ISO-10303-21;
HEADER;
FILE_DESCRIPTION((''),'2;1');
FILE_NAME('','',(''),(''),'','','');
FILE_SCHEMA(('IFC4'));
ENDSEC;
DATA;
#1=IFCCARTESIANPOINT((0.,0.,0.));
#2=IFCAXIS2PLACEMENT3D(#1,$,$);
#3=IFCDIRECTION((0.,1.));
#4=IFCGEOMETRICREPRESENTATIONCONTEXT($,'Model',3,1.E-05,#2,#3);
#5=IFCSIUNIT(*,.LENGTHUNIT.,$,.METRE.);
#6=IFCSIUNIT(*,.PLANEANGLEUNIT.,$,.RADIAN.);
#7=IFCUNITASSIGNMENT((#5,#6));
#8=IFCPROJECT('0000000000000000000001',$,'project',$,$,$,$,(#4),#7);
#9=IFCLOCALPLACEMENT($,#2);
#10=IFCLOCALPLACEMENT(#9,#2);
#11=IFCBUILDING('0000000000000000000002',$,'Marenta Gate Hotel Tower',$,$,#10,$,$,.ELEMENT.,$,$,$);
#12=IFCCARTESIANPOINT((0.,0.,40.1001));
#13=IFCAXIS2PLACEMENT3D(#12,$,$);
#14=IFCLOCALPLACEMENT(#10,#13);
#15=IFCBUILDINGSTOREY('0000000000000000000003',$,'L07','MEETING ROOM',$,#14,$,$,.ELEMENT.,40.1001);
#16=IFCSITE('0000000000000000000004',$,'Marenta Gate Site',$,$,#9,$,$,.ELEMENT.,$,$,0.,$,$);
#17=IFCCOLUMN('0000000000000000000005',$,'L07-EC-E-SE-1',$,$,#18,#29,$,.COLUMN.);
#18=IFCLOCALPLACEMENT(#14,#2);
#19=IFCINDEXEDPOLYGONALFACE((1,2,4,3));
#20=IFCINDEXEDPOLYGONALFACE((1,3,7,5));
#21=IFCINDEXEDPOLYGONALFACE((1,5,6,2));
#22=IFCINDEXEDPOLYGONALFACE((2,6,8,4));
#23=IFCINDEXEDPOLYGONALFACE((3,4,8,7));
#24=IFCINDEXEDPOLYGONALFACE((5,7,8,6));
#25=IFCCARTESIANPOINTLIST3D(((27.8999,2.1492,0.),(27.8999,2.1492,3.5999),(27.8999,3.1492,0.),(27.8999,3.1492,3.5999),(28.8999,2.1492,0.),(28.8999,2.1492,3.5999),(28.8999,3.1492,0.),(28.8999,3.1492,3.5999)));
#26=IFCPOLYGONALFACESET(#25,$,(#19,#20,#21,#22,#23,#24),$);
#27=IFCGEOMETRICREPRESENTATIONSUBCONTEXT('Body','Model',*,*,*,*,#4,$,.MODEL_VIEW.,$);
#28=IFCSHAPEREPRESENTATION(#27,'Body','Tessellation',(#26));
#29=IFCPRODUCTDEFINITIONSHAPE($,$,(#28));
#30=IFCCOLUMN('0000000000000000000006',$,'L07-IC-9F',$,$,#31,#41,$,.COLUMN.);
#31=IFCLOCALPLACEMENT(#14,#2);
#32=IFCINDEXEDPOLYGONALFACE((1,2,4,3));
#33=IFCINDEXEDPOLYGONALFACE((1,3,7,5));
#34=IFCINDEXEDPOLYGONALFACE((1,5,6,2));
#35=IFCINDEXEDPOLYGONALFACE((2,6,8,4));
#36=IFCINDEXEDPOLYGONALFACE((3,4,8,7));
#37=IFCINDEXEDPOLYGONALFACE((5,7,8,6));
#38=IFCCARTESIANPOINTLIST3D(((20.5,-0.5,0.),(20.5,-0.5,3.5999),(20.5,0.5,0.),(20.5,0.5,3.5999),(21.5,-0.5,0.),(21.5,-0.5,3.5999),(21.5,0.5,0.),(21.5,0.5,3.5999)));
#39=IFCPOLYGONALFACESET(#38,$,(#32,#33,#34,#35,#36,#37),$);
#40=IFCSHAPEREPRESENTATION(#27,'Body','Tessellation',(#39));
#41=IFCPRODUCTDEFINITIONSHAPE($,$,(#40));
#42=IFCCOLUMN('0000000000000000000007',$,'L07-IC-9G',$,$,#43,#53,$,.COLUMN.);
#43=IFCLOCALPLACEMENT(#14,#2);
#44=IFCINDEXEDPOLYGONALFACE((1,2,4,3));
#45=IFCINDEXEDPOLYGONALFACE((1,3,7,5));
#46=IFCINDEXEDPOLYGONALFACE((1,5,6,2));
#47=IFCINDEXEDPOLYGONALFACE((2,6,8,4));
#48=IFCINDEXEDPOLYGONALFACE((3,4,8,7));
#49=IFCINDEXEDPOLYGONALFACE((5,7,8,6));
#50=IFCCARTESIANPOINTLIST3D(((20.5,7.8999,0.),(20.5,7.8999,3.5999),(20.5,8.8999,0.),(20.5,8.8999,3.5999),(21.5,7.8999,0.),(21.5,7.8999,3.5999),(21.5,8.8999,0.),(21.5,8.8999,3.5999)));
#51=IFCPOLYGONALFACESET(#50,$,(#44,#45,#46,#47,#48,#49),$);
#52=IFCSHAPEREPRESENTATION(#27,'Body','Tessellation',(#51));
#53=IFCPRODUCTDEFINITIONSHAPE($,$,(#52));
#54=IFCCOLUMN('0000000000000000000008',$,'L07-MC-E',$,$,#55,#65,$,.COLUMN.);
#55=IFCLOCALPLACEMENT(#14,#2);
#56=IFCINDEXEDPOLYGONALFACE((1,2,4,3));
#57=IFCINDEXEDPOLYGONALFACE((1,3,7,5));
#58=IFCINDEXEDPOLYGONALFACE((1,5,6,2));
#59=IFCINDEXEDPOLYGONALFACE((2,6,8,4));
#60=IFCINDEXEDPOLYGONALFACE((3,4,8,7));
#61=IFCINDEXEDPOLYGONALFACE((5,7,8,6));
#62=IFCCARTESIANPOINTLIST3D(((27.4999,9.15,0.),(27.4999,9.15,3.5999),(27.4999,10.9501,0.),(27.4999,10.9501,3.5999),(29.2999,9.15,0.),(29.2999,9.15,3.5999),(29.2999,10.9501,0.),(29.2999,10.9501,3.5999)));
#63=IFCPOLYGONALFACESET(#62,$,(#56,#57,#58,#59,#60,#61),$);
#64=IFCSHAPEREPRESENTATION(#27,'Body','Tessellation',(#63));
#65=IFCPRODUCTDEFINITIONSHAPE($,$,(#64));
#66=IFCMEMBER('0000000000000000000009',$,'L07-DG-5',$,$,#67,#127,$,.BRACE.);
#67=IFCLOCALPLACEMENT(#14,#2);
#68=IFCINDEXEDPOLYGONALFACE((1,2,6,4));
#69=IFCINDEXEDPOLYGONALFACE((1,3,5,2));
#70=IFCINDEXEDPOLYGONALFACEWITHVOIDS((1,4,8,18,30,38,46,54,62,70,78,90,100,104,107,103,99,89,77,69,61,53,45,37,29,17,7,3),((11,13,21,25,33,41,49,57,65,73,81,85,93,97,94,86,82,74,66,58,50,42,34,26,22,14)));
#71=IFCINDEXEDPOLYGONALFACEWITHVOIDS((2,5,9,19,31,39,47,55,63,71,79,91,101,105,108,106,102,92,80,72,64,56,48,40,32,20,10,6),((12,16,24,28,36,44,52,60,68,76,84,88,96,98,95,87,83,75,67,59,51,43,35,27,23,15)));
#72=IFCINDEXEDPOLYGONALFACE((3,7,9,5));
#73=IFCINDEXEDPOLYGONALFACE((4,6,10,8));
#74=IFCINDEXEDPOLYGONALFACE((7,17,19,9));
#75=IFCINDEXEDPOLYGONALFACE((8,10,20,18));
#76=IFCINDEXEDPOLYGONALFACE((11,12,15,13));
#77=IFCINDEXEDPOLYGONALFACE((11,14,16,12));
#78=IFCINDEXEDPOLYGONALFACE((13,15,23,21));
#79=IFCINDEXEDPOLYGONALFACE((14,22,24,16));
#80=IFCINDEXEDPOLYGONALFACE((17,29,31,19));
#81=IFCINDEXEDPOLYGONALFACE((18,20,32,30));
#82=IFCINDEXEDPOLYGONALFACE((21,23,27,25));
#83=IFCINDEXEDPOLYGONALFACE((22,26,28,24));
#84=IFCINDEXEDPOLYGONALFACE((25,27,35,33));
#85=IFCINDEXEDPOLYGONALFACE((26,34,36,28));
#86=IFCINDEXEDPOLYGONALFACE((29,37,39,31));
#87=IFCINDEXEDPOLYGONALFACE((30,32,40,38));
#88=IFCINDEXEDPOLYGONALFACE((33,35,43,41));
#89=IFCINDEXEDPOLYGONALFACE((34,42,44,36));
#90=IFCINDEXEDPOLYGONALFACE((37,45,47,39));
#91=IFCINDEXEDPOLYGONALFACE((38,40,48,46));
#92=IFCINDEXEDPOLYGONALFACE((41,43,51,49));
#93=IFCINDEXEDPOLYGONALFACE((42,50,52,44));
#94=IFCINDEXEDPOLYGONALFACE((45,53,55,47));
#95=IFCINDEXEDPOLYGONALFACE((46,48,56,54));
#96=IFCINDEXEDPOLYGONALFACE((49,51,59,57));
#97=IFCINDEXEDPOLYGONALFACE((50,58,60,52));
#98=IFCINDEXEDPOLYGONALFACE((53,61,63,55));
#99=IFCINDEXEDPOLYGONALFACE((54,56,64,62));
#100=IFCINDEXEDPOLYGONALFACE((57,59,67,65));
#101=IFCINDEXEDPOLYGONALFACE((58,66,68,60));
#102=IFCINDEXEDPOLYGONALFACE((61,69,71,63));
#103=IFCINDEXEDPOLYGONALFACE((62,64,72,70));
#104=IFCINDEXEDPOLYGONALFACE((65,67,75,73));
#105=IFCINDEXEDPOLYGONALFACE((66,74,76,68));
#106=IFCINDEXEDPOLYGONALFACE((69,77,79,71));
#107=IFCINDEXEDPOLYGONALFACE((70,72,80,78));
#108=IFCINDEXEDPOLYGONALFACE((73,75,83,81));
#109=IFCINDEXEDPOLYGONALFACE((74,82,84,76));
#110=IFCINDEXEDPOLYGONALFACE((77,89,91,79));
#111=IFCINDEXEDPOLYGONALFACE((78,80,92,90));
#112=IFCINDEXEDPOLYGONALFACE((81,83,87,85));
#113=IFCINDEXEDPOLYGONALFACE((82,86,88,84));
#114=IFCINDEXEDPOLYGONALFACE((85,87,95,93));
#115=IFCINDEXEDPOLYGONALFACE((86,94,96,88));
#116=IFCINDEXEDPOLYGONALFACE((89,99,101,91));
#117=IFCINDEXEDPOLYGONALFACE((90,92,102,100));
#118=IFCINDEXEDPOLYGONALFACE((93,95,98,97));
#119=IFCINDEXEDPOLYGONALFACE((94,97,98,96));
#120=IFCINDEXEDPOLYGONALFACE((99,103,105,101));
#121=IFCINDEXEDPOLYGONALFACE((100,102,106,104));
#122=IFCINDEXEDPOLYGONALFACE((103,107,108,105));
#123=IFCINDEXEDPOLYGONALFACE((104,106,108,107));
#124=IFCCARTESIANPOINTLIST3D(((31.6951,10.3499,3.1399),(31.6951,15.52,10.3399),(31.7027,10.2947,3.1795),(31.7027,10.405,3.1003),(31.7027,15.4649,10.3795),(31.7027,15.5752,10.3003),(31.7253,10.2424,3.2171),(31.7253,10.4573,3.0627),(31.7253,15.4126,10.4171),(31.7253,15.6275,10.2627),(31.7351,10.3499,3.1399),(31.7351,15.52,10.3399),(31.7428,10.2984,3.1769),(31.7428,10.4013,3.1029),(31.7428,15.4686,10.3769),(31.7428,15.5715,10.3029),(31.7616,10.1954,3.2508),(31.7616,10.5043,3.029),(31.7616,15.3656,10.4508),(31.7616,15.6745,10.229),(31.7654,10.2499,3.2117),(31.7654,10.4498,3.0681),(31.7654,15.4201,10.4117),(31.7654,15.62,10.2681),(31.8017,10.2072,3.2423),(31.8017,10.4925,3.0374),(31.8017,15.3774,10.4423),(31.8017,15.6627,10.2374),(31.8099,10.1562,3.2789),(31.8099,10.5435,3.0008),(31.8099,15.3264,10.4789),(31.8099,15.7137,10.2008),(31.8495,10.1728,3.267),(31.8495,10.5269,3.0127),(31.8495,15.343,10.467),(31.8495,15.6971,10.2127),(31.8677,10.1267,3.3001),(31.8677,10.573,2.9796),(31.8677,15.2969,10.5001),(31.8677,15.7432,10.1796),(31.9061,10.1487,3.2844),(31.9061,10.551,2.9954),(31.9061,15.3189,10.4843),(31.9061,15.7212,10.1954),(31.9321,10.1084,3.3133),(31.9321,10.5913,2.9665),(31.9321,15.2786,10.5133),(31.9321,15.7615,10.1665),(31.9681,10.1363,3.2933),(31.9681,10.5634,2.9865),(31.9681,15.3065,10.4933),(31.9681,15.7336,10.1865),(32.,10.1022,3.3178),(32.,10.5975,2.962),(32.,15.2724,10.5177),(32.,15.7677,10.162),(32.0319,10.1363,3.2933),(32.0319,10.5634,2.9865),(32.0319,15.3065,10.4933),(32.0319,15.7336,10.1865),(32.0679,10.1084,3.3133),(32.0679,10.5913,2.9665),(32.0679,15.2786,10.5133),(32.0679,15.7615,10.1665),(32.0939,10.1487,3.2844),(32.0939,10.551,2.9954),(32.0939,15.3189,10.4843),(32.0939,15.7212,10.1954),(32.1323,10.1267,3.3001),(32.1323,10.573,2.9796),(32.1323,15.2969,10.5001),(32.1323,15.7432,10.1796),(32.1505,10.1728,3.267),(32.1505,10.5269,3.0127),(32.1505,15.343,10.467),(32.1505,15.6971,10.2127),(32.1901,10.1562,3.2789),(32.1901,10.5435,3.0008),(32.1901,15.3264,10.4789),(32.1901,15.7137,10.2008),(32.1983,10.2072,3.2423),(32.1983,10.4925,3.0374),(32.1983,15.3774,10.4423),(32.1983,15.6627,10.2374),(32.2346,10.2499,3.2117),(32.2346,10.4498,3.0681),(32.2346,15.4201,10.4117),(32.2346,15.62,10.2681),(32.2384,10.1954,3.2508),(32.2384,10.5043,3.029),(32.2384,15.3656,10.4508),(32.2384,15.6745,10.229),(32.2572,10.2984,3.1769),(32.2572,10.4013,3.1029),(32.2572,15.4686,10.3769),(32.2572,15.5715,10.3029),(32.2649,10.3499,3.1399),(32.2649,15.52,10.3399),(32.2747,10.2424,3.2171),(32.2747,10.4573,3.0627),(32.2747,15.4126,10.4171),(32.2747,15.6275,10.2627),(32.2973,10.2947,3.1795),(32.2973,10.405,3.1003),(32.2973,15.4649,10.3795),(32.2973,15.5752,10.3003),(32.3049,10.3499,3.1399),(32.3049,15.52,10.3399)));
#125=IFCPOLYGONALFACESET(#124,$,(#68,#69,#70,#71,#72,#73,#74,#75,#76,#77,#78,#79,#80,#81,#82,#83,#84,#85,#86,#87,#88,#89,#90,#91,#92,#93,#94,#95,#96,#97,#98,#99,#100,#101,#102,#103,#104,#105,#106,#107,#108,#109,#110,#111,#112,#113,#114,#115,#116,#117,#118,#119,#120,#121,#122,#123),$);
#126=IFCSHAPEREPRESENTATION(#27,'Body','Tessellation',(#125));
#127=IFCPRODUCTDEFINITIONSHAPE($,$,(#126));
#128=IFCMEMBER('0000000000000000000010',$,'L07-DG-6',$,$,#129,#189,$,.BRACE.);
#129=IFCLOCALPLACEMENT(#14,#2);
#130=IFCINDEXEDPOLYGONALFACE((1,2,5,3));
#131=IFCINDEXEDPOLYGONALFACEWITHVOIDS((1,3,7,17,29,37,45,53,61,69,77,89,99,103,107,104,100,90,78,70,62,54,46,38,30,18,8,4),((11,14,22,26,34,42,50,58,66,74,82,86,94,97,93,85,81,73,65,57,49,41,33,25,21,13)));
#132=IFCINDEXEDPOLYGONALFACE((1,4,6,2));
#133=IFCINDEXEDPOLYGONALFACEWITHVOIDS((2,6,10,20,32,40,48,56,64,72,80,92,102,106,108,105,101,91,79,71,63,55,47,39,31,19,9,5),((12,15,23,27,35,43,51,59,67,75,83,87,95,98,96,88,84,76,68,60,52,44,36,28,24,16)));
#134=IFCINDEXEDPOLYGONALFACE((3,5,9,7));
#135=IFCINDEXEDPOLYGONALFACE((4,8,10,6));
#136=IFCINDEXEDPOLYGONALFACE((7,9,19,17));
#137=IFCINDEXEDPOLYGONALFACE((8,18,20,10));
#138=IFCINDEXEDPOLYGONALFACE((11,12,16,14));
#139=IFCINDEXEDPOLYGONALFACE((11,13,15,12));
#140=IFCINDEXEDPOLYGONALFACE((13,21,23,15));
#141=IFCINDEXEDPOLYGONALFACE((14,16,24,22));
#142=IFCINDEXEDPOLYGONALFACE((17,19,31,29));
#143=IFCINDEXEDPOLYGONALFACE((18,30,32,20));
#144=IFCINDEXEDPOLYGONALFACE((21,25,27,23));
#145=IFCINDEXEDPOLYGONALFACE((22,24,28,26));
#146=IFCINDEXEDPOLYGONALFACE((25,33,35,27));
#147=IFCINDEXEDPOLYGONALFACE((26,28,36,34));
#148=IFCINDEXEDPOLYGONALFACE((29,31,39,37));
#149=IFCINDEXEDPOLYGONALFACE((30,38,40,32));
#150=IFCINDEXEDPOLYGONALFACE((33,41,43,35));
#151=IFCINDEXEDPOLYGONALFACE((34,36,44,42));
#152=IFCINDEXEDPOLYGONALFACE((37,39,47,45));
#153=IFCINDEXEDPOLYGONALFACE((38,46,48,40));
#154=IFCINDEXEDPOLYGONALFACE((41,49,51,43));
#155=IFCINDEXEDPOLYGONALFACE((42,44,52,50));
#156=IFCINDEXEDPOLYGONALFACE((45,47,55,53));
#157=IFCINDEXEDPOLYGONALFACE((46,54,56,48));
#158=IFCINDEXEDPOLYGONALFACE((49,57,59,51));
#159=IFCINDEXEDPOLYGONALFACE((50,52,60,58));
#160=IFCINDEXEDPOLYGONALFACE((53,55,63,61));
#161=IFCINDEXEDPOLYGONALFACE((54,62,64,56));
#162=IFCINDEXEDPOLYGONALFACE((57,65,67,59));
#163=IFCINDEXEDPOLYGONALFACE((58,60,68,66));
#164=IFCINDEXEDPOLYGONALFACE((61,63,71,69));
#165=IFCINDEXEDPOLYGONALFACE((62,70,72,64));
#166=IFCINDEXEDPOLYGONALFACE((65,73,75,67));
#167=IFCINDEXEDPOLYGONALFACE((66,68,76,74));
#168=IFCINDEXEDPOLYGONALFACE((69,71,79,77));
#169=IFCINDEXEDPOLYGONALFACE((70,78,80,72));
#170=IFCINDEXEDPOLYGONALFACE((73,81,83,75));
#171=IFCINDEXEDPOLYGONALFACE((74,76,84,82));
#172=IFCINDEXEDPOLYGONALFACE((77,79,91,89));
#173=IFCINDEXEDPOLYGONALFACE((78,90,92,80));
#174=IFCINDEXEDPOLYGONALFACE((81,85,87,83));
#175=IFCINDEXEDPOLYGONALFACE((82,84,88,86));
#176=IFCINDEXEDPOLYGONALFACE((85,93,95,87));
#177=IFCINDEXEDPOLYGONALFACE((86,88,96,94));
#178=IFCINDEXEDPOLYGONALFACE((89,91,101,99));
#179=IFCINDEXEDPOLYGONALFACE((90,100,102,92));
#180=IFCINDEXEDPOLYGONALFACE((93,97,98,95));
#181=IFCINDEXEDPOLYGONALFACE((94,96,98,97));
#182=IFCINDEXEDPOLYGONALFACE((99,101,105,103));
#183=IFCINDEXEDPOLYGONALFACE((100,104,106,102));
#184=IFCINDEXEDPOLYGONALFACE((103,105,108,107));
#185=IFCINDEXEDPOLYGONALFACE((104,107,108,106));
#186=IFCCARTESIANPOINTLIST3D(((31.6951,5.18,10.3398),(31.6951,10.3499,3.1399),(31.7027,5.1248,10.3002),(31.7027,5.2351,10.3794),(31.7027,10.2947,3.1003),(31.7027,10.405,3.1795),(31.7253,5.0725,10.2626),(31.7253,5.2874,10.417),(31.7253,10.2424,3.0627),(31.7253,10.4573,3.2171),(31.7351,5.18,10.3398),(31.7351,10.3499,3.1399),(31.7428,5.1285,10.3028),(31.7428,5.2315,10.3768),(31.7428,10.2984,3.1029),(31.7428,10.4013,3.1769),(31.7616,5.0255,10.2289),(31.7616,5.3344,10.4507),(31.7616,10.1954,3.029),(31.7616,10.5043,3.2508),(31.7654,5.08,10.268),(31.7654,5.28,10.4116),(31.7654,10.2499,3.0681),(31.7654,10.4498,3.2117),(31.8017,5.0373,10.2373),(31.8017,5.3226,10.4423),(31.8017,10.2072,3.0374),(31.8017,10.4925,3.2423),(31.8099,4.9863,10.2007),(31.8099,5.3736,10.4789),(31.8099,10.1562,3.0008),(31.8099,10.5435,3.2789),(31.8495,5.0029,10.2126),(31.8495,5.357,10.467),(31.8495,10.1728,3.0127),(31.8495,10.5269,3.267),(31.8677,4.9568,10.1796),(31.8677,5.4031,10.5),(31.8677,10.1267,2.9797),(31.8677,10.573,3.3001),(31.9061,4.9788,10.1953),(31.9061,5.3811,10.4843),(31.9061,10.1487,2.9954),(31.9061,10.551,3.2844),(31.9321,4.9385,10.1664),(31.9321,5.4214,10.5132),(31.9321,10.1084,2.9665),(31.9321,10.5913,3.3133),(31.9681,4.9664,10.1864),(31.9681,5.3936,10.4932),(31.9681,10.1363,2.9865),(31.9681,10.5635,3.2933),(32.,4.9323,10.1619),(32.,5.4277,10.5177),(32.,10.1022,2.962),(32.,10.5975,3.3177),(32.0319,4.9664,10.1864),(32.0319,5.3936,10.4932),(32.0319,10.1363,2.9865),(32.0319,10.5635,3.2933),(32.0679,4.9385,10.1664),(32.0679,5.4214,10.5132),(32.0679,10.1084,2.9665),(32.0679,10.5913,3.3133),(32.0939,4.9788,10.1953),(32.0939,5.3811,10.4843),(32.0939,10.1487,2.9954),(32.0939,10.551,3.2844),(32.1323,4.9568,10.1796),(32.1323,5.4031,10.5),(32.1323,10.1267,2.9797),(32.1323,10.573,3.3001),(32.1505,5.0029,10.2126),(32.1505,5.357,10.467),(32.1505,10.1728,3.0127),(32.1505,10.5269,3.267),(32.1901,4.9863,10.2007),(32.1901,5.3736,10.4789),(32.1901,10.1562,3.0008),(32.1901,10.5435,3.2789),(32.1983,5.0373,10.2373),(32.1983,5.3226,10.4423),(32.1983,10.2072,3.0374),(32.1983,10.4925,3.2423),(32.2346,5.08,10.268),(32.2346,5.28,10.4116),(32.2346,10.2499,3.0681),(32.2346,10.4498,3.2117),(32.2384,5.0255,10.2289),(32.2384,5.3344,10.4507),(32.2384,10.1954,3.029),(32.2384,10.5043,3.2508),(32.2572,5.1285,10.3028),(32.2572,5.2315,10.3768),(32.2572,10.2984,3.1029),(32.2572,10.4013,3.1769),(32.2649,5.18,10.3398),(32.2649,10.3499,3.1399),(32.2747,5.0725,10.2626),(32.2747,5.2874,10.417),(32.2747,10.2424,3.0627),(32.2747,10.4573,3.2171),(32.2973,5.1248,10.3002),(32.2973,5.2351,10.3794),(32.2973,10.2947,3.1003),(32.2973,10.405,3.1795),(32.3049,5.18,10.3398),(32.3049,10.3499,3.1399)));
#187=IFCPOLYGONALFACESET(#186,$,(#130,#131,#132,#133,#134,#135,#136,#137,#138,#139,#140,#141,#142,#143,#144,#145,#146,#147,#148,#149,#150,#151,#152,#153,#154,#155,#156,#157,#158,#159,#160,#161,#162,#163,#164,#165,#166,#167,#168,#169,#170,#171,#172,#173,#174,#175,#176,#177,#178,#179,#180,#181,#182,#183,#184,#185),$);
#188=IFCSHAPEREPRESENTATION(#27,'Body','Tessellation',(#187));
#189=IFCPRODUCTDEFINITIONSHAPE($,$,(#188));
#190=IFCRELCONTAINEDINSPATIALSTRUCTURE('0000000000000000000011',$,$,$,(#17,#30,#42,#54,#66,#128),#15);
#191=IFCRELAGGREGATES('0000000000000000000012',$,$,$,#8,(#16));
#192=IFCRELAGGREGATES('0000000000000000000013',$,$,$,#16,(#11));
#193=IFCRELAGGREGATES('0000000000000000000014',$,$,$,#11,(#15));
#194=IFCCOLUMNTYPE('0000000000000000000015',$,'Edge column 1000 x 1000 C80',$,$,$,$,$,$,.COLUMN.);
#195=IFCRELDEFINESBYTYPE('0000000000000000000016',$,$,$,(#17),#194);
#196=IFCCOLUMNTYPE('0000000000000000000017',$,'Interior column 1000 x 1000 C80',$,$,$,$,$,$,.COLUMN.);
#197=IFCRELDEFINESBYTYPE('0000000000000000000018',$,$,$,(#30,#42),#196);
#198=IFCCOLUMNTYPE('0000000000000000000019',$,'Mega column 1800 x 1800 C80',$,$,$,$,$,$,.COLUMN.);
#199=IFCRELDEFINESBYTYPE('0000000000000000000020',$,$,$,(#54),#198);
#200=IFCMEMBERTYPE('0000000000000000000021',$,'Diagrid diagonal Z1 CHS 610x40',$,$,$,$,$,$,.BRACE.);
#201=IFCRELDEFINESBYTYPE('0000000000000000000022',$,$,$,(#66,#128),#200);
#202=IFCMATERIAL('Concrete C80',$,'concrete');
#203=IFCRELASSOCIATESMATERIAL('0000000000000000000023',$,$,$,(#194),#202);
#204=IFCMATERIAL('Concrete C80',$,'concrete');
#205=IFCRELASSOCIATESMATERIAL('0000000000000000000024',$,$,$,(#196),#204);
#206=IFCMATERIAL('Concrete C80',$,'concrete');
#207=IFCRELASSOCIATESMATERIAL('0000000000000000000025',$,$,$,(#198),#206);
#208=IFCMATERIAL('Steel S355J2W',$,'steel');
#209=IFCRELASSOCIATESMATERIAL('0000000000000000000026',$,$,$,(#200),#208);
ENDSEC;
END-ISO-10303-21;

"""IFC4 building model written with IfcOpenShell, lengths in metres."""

from ifc_helpers import new_model, si_unit, direction, frame, origin, origin_2d, place, context, subcontext, project, spatial, rectangle, hollow_circle, extrude, material, material_profile, profile_set, type_object, element, save


model = new_model("IFC4")

# Units and contexts
model_context = context("Model", 3, precision=1e-05, world=origin(), true_north=direction((0.0, 1.0)))
body_context = subcontext(model_context, "Body", "Model", "MODEL_VIEW")
ifc_project = project(units=[si_unit("LENGTHUNIT", "METRE"), si_unit("PLANEANGLEUNIT", "RADIAN")], contexts=[model_context])

# Site, building, storey
site_placement = place(None, origin())
site = spatial("IfcSite", under=ifc_project, at=site_placement, Name="Marenta Gate Site", CompositionType="ELEMENT", RefElevation=0.0)
building_placement = place(site_placement, origin())
building = spatial("IfcBuilding", under=site, at=building_placement, Name="Marenta Gate Hotel Tower", CompositionType="ELEMENT")
storey_placement = place(building_placement, frame((0.0, 0.0, 40.1001)))
storey = spatial("IfcBuildingStorey", under=building, at=storey_placement, Name="L07", Description="MEETING ROOM", CompositionType="ELEMENT", Elevation=40.1001)

# Columns
ifc_material_1 = material(Name="Concrete C80", Category="concrete")
ifc_material_profile_1 = material_profile(ifc_material_1, rectangle(XDim=1.0, YDim=1.0, at=origin_2d()), Name="1000 x 1000")
ifc_profile_set_1 = profile_set([ifc_material_profile_1], Name="Concrete C80")
column_type_1 = type_object("IfcColumnType", Name="Edge column 1000 x 1000 C80", PredefinedType="COLUMN", material=ifc_profile_set_1)
column_1_placement = place(storey_placement, frame((28.3999, 2.6492, 0.0), z_axis=(0.0, 0.0, 1.0), x_axis=(1.0, 0.0, 0.0)))
element("IfcColumn", 1, at=column_1_placement, inside=storey, type_object=column_type_1, Name="L07-EC-E-SE-1", PredefinedType="COLUMN", context=body_context, shape_type="SweptSolid", body=[
    extrude(rectangle(XDim=1.0, YDim=1.0, at=origin_2d()), origin(), (0.0, 0.0, 1.0), 3.5999),
])
ifc_material_2 = material(Name="Concrete C80", Category="concrete")
ifc_material_profile_2 = material_profile(ifc_material_2, rectangle(XDim=1.0, YDim=1.0, at=origin_2d()), Name="1000 x 1000")
ifc_profile_set_2 = profile_set([ifc_material_profile_2], Name="Concrete C80")
column_type_2 = type_object("IfcColumnType", Name="Interior column 1000 x 1000 C80", PredefinedType="COLUMN", material=ifc_profile_set_2)
for number, where, z_axis, x_axis, name in (
    (2, (21.0, 0.0, 0.0), (0.0, 0.0, 1.0), (1.0, 0.0, 0.0), "L07-IC-9F"),
    (3, (21.0, 8.3999, 0.0), (0.0, 0.0, 1.0), (1.0, 0.0, 0.0), "L07-IC-9G"),
):
    element("IfcColumn", number, at=place(storey_placement, frame(where, z_axis=z_axis, x_axis=x_axis)), inside=storey, type_object=column_type_2, Name=name, PredefinedType="COLUMN", context=body_context, shape_type="SweptSolid", body=[
        extrude(rectangle(XDim=1.0, YDim=1.0, at=origin_2d()), origin(), (0.0, 0.0, 1.0), 3.5999),
    ])
ifc_material_3 = material(Name="Concrete C80", Category="concrete")
ifc_material_profile_3 = material_profile(ifc_material_3, rectangle(XDim=1.8, YDim=1.8, at=origin_2d()), Name="1800 x 1800")
ifc_profile_set_3 = profile_set([ifc_material_profile_3], Name="Concrete C80")
column_type_3 = type_object("IfcColumnType", Name="Mega column 1800 x 1800 C80", PredefinedType="COLUMN", material=ifc_profile_set_3)
column_2_placement = place(storey_placement, frame((28.3999, 10.05, 0.0), z_axis=(0.0, 0.0, 1.0), x_axis=(1.0, 0.0, 0.0)))
element("IfcColumn", 4, at=column_2_placement, inside=storey, type_object=column_type_3, Name="L07-MC-E", PredefinedType="COLUMN", context=body_context, shape_type="SweptSolid", body=[
    extrude(rectangle(XDim=1.8, YDim=1.8, at=origin_2d()), origin(), (0.0, 0.0, 1.0), 3.5999),
])

# Members
ifc_material_4 = material(Name="Steel S355J2W", Category="steel")
ifc_material_profile_4 = material_profile(ifc_material_4, hollow_circle(Radius=0.3049, WallThickness=0.04, at=origin_2d()), Name="CHS 610x40")
ifc_profile_set_4 = profile_set([ifc_material_profile_4], Name="Steel S355J2W")
member_type_1 = type_object("IfcMemberType", Name="Diagrid diagonal Z1 CHS 610x40", PredefinedType="BRACE", material=ifc_profile_set_4)
member_1_placement = place(storey_placement, frame((32.0, 10.3499, 3.1399), z_axis=(0.0, 0.583279, 0.812272), x_axis=(-1.0, 0.0, 0.0)))
element("IfcMember", 5, at=member_1_placement, inside=storey, type_object=member_type_1, Name="L07-DG-5", PredefinedType="BRACE", context=body_context, shape_type="SweptSolid", body=[
    extrude(hollow_circle(Radius=0.3049, WallThickness=0.04, at=origin_2d()), origin(), (0.0, 0.0, 1.0), 8.864),
])
for number, where, z_axis, x_axis, name in (
    (6, (32.0, 10.3499, 3.1399), (0.0, -0.583261, 0.812285), (1.0, 0.0, 0.0), "L07-DG-6"),
):
    element("IfcMember", number, at=place(storey_placement, frame(where, z_axis=z_axis, x_axis=x_axis)), inside=storey, type_object=member_type_1, Name=name, PredefinedType="BRACE", context=body_context, shape_type="SweptSolid", body=[
        extrude(hollow_circle(Radius=0.3049, WallThickness=0.04, at=origin_2d()), origin(), (0.0, 0.0, 1.0), 8.8638),
    ])

save(model, "model.ifc")
